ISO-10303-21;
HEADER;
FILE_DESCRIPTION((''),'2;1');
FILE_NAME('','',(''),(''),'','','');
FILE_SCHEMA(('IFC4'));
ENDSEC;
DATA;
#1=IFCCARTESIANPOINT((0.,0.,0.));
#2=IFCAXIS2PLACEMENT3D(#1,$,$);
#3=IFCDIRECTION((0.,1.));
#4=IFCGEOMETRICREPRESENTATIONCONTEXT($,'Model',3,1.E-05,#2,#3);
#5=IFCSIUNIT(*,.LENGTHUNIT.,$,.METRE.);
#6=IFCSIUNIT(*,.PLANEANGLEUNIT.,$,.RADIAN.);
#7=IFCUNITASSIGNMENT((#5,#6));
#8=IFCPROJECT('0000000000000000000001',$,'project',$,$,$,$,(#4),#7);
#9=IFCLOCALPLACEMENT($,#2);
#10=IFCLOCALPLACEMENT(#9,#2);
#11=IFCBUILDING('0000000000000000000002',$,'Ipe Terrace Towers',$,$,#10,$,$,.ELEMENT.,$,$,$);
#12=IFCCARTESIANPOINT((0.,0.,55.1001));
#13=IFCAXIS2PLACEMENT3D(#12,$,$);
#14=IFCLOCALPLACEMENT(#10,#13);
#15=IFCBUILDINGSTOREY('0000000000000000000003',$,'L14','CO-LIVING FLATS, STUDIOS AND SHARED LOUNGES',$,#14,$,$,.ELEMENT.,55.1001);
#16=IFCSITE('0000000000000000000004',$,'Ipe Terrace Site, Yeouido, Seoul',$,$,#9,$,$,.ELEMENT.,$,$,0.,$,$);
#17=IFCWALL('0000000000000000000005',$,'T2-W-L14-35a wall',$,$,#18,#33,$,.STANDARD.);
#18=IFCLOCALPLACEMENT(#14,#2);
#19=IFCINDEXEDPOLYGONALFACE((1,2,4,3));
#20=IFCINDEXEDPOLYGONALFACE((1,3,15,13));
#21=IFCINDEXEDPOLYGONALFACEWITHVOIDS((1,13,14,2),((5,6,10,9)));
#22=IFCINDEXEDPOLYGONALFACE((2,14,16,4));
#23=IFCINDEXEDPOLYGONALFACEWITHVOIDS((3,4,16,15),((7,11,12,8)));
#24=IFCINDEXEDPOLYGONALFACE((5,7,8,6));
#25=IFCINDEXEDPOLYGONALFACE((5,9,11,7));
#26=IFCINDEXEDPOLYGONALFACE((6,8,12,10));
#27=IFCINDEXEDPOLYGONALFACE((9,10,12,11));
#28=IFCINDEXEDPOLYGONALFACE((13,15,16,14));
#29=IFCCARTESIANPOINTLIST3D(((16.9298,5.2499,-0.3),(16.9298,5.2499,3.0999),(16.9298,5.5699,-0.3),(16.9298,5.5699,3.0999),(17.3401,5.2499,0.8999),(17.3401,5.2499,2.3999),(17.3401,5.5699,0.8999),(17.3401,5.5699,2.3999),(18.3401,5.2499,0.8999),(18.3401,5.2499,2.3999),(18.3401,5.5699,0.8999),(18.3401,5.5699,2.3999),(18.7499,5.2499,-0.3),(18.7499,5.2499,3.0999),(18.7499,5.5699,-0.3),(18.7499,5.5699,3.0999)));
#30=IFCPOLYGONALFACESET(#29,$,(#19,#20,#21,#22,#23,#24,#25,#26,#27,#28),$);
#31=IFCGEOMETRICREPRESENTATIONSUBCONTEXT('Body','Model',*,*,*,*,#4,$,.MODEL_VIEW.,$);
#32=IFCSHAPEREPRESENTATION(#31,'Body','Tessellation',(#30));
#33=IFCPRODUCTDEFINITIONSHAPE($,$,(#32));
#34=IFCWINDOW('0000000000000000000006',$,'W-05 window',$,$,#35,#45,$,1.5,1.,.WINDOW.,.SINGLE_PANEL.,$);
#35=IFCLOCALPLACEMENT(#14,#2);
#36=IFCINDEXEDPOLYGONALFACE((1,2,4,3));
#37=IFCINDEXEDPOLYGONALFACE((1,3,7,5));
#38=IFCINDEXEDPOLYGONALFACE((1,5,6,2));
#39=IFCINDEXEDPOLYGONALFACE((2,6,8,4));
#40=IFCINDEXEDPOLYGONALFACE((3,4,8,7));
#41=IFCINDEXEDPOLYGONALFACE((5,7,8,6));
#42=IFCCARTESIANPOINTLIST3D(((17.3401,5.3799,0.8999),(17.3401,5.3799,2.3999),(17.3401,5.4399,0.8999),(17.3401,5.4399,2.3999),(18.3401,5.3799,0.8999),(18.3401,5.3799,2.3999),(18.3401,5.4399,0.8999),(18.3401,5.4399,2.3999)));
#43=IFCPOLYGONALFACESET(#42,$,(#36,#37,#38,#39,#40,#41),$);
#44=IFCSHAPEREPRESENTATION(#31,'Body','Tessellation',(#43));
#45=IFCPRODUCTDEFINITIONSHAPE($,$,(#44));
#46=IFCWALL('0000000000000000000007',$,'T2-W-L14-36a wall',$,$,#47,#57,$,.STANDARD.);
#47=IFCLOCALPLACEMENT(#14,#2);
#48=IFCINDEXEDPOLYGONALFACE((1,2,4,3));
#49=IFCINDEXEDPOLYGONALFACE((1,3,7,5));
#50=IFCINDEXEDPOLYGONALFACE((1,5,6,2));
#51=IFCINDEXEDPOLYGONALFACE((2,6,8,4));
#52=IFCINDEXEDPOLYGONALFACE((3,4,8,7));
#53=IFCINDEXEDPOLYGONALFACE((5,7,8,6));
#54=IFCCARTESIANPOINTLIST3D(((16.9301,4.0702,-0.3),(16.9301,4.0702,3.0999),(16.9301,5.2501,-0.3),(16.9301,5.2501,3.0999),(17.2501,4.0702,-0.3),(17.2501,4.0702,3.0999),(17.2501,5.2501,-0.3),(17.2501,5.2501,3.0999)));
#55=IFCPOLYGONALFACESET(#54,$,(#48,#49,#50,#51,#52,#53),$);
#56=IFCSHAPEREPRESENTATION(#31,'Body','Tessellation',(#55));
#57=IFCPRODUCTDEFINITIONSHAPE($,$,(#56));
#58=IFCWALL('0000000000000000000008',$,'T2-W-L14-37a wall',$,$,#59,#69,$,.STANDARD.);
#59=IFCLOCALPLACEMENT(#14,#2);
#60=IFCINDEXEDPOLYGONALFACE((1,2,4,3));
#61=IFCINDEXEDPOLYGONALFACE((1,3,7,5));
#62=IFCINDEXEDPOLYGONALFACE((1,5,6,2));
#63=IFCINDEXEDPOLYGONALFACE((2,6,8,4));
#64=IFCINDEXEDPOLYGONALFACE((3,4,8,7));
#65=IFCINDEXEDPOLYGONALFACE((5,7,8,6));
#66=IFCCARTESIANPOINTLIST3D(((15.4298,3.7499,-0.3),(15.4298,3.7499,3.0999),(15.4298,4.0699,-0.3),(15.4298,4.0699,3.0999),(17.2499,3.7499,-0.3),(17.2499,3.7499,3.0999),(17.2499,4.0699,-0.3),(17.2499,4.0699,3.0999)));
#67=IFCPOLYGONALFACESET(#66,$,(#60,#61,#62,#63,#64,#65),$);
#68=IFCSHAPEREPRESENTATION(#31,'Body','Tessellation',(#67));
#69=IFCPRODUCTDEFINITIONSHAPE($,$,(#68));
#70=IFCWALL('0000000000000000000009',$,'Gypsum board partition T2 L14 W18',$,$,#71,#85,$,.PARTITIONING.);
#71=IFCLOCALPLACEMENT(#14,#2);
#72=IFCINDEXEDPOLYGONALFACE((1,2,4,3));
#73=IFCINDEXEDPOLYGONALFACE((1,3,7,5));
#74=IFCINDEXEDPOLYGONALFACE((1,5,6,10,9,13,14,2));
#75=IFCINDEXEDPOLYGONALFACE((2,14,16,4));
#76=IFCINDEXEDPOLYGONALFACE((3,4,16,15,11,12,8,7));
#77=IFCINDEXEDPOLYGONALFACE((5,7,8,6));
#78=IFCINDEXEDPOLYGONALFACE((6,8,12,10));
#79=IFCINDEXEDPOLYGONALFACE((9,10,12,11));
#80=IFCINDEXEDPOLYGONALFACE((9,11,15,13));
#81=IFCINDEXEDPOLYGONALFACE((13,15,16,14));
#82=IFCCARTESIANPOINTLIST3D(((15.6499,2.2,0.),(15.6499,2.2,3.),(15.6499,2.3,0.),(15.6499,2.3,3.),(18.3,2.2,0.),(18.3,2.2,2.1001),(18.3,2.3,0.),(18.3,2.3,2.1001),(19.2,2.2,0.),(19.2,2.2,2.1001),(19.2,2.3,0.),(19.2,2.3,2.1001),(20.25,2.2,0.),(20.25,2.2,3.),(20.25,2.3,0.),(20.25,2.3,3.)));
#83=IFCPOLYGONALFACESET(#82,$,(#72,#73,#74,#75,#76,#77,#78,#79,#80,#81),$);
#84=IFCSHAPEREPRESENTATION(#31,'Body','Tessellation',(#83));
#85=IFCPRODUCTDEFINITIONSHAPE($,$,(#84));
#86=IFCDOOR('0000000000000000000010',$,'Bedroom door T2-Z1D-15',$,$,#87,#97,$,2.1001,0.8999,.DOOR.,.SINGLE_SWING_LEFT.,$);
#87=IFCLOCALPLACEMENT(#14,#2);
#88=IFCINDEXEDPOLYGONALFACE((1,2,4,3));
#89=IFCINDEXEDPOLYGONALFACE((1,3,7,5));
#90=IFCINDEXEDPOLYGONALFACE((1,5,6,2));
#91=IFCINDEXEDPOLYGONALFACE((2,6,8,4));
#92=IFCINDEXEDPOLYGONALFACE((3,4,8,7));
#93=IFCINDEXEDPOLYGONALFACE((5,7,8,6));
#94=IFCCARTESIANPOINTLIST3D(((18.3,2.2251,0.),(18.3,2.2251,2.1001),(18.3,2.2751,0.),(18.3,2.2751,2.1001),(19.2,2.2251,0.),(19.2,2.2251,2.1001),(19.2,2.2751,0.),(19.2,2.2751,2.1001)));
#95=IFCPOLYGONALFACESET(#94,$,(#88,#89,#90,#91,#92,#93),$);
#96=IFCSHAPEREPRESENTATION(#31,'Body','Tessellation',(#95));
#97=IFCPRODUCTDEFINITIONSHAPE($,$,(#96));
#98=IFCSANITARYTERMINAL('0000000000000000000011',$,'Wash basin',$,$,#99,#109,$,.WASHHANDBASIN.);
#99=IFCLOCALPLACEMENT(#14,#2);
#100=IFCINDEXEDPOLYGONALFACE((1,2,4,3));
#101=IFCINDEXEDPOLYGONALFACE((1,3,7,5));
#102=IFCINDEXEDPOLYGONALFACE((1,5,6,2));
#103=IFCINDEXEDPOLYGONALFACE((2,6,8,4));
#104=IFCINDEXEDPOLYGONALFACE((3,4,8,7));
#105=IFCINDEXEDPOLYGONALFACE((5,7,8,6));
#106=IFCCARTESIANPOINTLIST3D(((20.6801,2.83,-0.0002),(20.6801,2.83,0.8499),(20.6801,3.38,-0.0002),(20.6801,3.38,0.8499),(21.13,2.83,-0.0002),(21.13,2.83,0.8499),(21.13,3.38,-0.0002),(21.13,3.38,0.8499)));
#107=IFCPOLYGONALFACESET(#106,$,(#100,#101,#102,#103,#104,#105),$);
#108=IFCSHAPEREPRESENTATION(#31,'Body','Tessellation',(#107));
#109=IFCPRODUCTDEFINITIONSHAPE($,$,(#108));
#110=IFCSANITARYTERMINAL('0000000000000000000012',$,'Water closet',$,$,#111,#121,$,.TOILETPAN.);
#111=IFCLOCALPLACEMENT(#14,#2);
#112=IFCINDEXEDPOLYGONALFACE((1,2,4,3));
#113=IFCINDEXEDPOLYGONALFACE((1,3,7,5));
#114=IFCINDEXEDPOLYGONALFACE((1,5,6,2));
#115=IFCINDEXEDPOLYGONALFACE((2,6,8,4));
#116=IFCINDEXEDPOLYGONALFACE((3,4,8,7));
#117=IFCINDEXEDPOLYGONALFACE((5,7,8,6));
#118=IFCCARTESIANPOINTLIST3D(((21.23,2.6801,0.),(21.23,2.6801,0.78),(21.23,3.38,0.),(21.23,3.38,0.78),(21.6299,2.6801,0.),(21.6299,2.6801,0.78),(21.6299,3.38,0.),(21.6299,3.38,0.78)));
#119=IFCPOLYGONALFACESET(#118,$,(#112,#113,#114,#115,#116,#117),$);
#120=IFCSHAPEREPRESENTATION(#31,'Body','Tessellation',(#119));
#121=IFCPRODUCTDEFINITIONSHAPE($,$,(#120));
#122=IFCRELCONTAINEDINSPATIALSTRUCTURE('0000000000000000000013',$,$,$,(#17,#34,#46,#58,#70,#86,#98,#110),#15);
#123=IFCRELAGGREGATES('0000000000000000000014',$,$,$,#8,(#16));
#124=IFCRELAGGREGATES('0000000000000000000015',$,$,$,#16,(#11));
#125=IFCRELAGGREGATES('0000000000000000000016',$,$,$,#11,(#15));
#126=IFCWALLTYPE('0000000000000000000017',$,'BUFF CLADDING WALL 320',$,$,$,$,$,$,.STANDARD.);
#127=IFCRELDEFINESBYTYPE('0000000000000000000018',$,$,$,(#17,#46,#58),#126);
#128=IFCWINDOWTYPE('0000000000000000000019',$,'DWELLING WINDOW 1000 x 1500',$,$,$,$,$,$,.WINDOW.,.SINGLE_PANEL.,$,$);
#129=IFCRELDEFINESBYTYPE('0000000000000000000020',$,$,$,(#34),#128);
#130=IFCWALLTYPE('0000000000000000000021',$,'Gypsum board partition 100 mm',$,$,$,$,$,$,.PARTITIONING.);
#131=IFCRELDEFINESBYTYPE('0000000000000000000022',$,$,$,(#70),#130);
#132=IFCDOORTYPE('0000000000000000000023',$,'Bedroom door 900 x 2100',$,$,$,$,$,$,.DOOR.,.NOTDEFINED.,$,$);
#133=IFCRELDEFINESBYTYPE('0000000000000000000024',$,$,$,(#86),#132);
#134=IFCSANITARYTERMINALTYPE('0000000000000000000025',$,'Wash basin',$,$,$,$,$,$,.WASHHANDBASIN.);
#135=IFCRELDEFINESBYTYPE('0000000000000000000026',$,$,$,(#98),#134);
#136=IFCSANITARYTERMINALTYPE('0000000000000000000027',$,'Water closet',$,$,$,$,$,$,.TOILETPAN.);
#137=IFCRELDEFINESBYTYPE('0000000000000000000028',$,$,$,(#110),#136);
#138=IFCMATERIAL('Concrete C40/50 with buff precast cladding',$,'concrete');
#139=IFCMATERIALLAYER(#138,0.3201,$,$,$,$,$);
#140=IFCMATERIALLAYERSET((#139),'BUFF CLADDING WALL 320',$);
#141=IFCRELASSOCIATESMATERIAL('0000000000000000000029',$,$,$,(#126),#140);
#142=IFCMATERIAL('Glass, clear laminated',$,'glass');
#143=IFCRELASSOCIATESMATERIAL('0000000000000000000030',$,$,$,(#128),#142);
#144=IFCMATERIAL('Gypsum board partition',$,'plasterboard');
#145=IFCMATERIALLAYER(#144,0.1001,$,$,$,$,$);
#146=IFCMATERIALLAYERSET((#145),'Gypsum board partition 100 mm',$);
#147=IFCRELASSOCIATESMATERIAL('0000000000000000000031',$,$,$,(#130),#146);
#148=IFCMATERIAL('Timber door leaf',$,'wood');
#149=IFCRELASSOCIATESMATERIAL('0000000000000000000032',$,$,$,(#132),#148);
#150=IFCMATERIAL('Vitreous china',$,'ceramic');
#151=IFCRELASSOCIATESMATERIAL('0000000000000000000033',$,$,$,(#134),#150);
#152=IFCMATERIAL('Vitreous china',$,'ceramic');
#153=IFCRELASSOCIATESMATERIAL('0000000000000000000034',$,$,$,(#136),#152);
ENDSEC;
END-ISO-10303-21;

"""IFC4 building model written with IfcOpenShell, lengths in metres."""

from ifc_helpers import new_model, si_unit, direction, frame, frame_2d, origin, origin_2d, place, context, subcontext, project, spatial, rectangle, extrude, material, layer, layer_set, type_object, element, fill, save


model = new_model("IFC4")

# Units and contexts
model_context = context("Model", 3, precision=1e-05, world=origin(), true_north=direction((0.0, 1.0)))
body_context = subcontext(model_context, "Body", "Model", "MODEL_VIEW")
ifc_project = project(units=[si_unit("LENGTHUNIT", "METRE"), si_unit("PLANEANGLEUNIT", "RADIAN")], contexts=[model_context])

# Site, building, storey
site_placement = place(None, origin())
site = spatial("IfcSite", under=ifc_project, at=site_placement, Name="Ipe Terrace Site, Yeouido, Seoul", CompositionType="ELEMENT", RefElevation=0.0)
building_placement = place(site_placement, origin())
building = spatial("IfcBuilding", under=site, at=building_placement, Name="Ipe Terrace Towers", CompositionType="ELEMENT")
storey_placement = place(building_placement, frame((0.0, 0.0, 55.1001)))
storey = spatial("IfcBuildingStorey", under=building, at=storey_placement, Name="L14", Description="CO-LIVING FLATS, STUDIOS AND SHARED LOUNGES", CompositionType="ELEMENT", Elevation=55.1001)

# Shared definitions
ifc_material_1 = material(Name="Concrete C40/50 with buff precast cladding", Category="concrete")
ifc_layer_1 = layer(ifc_material_1, 0.3201)
ifc_layer_set_1 = layer_set([ifc_layer_1], Name="BUFF CLADDING WALL 320")
wall_type_1 = type_object("IfcWallType", Name="BUFF CLADDING WALL 320", PredefinedType="STANDARD", material=ifc_layer_set_1)

# Wall, opening, window
wall_1_placement = place(storey_placement, frame((18.75, 5.4099, -0.3), z_axis=(0.0, 0.0, 1.0), x_axis=(-1.0, 0.0, 0.0)))
wall_1 = element("IfcWall", 1, at=wall_1_placement, inside=storey, type_object=wall_type_1, Name="T2-W-L14-35a wall", PredefinedType="STANDARD", context=body_context, shape_type="SweptSolid", body=[
    extrude(rectangle(XDim=1.8201, YDim=0.3201, at=frame_2d((0.9102, 0.0))), origin(), (0.0, 0.0, 1.0), 3.3999),
])
opening_1_placement = place(wall_1_placement, frame((0.4099, 0.0, 1.2)))
opening_1 = element("IfcOpeningElement", 2, at=opening_1_placement, cuts=wall_1, PredefinedType="OPENING", context=body_context, shape_type="SweptSolid", body=[
    extrude(rectangle(XDim=1.0, YDim=1.5, at=frame_2d((0.5, 0.75))), frame((0.0, 0.1699, 0.0), z_axis=(0.0, -1.0, 0.0), x_axis=(1.0, 0.0, 0.0)), (0.0, 0.0, 1.0), 0.3401),
])
ifc_material_2 = material(Name="Glass, clear laminated", Category="glass")
window_type = type_object("IfcWindowType", Name="DWELLING WINDOW 1000 x 1500", PartitioningType="SINGLE_PANEL", PredefinedType="WINDOW", material=ifc_material_2)
window_placement = place(opening_1_placement, origin())
window = element("IfcWindow", 3, at=window_placement, inside=storey, type_object=window_type, Name="W-05 window", OverallHeight=1.5, OverallWidth=1.0, PartitioningType="SINGLE_PANEL", PredefinedType="WINDOW", context=body_context, shape_type="SweptSolid", body=[
    extrude(rectangle(XDim=1.0, YDim=1.5, at=frame_2d((0.5, 0.75))), frame((0.0, 0.03, 0.0), z_axis=(0.0, -1.0, 0.0), x_axis=(1.0, 0.0, 0.0)), (0.0, 0.0, 1.0), 0.0601),
])
fill(opening_1, window)

# Walls
wall_2_placement = place(storey_placement, frame((17.0901, 5.25, -0.3), z_axis=(0.0, 0.0, 1.0), x_axis=(0.0, -1.0, 0.0)))
element("IfcWall", 4, at=wall_2_placement, inside=storey, type_object=wall_type_1, Name="T2-W-L14-36a wall", PredefinedType="STANDARD", context=body_context, shape_type="SweptSolid", body=[
    extrude(rectangle(XDim=1.1799, YDim=0.3201, at=frame_2d((0.5898, 0.0))), origin(), (0.0, 0.0, 1.0), 3.3999),
])
wall_3_placement = place(storey_placement, frame((17.25, 3.9099, -0.3), z_axis=(0.0, 0.0, 1.0), x_axis=(-1.0, 0.0, 0.0)))
element("IfcWall", 5, at=wall_3_placement, inside=storey, type_object=wall_type_1, Name="T2-W-L14-37a wall", PredefinedType="STANDARD", context=body_context, shape_type="SweptSolid", body=[
    extrude(rectangle(XDim=1.8201, YDim=0.3201, at=frame_2d((0.9102, 0.0))), origin(), (0.0, 0.0, 1.0), 3.3999),
])

# Wall, opening, door
ifc_material_3 = material(Name="Gypsum board partition", Category="plasterboard")
ifc_layer_2 = layer(ifc_material_3, 0.1001)
ifc_layer_set_2 = layer_set([ifc_layer_2], Name="Gypsum board partition 100 mm")
wall_type_2 = type_object("IfcWallType", Name="Gypsum board partition 100 mm", PredefinedType="PARTITIONING", material=ifc_layer_set_2)
wall_4_placement = place(storey_placement, frame((20.25, 2.25, 0.0), z_axis=(0.0, 0.0, 1.0), x_axis=(-1.0, 0.0, 0.0)))
wall_4 = element("IfcWall", 6, at=wall_4_placement, inside=storey, type_object=wall_type_2, Name="Gypsum board partition T2 L14 W18", PredefinedType="PARTITIONING", context=body_context, shape_type="SweptSolid", body=[
    extrude(rectangle(XDim=4.6001, YDim=0.1001, at=frame_2d((2.3, 0.0))), origin(), (0.0, 0.0, 1.0), 3.0),
])
opening_2_placement = place(wall_4_placement, frame((1.05, 0.0, 0.0)))
opening_2 = element("IfcOpeningElement", 7, at=opening_2_placement, cuts=wall_4, PredefinedType="OPENING", context=body_context, shape_type="SweptSolid", body=[
    extrude(rectangle(XDim=0.8999, YDim=2.1001, at=frame_2d((0.45, 1.05))), frame((0.0, 0.0601, 0.0), z_axis=(0.0, -1.0, 0.0), x_axis=(1.0, 0.0, 0.0)), (0.0, 0.0, 1.0), 0.1201),
])
ifc_material_4 = material(Name="Timber door leaf", Category="wood")
door_type = type_object("IfcDoorType", Name="Bedroom door 900 x 2100", OperationType="NOTDEFINED", PredefinedType="DOOR", material=ifc_material_4)
door_placement = place(opening_2_placement, origin())
door = element("IfcDoor", 8, at=door_placement, inside=storey, type_object=door_type, Name="Bedroom door T2-Z1D-15", OperationType="SINGLE_SWING_LEFT", OverallHeight=2.1001, OverallWidth=0.8999, PredefinedType="DOOR", context=body_context, shape_type="SweptSolid", body=[
    extrude(rectangle(XDim=0.8999, YDim=2.1001, at=frame_2d((0.45, 1.05))), frame((0.0, 0.0249, 0.0), z_axis=(0.0, -1.0, 0.0), x_axis=(1.0, 0.0, 0.0)), (0.0, 0.0, 1.0), 0.05),
])
fill(opening_2, door)

# Sanitary terminals
ifc_material_5 = material(Name="Vitreous china", Category="ceramic")
sanitary_terminal_type_1 = type_object("IfcSanitaryTerminalType", Name="Wash basin", PredefinedType="WASHHANDBASIN", material=ifc_material_5)
sanitary_terminal_1_placement = place(storey_placement, frame((20.905, 3.105, -0.0002), z_axis=(0.0, 0.0, 1.0), x_axis=(0.0, -1.0, 0.0)))
element("IfcSanitaryTerminal", 9, at=sanitary_terminal_1_placement, inside=storey, type_object=sanitary_terminal_type_1, Name="Wash basin", PredefinedType="WASHHANDBASIN", context=body_context, shape_type="SweptSolid", body=[
    extrude(rectangle(XDim=0.55, YDim=0.45, at=origin_2d()), origin(), (0.0, 0.0, 1.0), 0.8501),
])
ifc_material_6 = material(Name="Vitreous china", Category="ceramic")
sanitary_terminal_type_2 = type_object("IfcSanitaryTerminalType", Name="Water closet", PredefinedType="TOILETPAN", material=ifc_material_6)
sanitary_terminal_2_placement = place(storey_placement, frame((21.4299, 3.03, 0.0), z_axis=(0.0, 0.0, 1.0), x_axis=(0.0, -1.0, 0.0)))
element("IfcSanitaryTerminal", 10, at=sanitary_terminal_2_placement, inside=storey, type_object=sanitary_terminal_type_2, Name="Water closet", PredefinedType="TOILETPAN", context=body_context, shape_type="SweptSolid", body=[
    extrude(rectangle(XDim=0.7, YDim=0.3999, at=origin_2d()), origin(), (0.0, 0.0, 1.0), 0.78),
])

save(model, "model.ifc")
